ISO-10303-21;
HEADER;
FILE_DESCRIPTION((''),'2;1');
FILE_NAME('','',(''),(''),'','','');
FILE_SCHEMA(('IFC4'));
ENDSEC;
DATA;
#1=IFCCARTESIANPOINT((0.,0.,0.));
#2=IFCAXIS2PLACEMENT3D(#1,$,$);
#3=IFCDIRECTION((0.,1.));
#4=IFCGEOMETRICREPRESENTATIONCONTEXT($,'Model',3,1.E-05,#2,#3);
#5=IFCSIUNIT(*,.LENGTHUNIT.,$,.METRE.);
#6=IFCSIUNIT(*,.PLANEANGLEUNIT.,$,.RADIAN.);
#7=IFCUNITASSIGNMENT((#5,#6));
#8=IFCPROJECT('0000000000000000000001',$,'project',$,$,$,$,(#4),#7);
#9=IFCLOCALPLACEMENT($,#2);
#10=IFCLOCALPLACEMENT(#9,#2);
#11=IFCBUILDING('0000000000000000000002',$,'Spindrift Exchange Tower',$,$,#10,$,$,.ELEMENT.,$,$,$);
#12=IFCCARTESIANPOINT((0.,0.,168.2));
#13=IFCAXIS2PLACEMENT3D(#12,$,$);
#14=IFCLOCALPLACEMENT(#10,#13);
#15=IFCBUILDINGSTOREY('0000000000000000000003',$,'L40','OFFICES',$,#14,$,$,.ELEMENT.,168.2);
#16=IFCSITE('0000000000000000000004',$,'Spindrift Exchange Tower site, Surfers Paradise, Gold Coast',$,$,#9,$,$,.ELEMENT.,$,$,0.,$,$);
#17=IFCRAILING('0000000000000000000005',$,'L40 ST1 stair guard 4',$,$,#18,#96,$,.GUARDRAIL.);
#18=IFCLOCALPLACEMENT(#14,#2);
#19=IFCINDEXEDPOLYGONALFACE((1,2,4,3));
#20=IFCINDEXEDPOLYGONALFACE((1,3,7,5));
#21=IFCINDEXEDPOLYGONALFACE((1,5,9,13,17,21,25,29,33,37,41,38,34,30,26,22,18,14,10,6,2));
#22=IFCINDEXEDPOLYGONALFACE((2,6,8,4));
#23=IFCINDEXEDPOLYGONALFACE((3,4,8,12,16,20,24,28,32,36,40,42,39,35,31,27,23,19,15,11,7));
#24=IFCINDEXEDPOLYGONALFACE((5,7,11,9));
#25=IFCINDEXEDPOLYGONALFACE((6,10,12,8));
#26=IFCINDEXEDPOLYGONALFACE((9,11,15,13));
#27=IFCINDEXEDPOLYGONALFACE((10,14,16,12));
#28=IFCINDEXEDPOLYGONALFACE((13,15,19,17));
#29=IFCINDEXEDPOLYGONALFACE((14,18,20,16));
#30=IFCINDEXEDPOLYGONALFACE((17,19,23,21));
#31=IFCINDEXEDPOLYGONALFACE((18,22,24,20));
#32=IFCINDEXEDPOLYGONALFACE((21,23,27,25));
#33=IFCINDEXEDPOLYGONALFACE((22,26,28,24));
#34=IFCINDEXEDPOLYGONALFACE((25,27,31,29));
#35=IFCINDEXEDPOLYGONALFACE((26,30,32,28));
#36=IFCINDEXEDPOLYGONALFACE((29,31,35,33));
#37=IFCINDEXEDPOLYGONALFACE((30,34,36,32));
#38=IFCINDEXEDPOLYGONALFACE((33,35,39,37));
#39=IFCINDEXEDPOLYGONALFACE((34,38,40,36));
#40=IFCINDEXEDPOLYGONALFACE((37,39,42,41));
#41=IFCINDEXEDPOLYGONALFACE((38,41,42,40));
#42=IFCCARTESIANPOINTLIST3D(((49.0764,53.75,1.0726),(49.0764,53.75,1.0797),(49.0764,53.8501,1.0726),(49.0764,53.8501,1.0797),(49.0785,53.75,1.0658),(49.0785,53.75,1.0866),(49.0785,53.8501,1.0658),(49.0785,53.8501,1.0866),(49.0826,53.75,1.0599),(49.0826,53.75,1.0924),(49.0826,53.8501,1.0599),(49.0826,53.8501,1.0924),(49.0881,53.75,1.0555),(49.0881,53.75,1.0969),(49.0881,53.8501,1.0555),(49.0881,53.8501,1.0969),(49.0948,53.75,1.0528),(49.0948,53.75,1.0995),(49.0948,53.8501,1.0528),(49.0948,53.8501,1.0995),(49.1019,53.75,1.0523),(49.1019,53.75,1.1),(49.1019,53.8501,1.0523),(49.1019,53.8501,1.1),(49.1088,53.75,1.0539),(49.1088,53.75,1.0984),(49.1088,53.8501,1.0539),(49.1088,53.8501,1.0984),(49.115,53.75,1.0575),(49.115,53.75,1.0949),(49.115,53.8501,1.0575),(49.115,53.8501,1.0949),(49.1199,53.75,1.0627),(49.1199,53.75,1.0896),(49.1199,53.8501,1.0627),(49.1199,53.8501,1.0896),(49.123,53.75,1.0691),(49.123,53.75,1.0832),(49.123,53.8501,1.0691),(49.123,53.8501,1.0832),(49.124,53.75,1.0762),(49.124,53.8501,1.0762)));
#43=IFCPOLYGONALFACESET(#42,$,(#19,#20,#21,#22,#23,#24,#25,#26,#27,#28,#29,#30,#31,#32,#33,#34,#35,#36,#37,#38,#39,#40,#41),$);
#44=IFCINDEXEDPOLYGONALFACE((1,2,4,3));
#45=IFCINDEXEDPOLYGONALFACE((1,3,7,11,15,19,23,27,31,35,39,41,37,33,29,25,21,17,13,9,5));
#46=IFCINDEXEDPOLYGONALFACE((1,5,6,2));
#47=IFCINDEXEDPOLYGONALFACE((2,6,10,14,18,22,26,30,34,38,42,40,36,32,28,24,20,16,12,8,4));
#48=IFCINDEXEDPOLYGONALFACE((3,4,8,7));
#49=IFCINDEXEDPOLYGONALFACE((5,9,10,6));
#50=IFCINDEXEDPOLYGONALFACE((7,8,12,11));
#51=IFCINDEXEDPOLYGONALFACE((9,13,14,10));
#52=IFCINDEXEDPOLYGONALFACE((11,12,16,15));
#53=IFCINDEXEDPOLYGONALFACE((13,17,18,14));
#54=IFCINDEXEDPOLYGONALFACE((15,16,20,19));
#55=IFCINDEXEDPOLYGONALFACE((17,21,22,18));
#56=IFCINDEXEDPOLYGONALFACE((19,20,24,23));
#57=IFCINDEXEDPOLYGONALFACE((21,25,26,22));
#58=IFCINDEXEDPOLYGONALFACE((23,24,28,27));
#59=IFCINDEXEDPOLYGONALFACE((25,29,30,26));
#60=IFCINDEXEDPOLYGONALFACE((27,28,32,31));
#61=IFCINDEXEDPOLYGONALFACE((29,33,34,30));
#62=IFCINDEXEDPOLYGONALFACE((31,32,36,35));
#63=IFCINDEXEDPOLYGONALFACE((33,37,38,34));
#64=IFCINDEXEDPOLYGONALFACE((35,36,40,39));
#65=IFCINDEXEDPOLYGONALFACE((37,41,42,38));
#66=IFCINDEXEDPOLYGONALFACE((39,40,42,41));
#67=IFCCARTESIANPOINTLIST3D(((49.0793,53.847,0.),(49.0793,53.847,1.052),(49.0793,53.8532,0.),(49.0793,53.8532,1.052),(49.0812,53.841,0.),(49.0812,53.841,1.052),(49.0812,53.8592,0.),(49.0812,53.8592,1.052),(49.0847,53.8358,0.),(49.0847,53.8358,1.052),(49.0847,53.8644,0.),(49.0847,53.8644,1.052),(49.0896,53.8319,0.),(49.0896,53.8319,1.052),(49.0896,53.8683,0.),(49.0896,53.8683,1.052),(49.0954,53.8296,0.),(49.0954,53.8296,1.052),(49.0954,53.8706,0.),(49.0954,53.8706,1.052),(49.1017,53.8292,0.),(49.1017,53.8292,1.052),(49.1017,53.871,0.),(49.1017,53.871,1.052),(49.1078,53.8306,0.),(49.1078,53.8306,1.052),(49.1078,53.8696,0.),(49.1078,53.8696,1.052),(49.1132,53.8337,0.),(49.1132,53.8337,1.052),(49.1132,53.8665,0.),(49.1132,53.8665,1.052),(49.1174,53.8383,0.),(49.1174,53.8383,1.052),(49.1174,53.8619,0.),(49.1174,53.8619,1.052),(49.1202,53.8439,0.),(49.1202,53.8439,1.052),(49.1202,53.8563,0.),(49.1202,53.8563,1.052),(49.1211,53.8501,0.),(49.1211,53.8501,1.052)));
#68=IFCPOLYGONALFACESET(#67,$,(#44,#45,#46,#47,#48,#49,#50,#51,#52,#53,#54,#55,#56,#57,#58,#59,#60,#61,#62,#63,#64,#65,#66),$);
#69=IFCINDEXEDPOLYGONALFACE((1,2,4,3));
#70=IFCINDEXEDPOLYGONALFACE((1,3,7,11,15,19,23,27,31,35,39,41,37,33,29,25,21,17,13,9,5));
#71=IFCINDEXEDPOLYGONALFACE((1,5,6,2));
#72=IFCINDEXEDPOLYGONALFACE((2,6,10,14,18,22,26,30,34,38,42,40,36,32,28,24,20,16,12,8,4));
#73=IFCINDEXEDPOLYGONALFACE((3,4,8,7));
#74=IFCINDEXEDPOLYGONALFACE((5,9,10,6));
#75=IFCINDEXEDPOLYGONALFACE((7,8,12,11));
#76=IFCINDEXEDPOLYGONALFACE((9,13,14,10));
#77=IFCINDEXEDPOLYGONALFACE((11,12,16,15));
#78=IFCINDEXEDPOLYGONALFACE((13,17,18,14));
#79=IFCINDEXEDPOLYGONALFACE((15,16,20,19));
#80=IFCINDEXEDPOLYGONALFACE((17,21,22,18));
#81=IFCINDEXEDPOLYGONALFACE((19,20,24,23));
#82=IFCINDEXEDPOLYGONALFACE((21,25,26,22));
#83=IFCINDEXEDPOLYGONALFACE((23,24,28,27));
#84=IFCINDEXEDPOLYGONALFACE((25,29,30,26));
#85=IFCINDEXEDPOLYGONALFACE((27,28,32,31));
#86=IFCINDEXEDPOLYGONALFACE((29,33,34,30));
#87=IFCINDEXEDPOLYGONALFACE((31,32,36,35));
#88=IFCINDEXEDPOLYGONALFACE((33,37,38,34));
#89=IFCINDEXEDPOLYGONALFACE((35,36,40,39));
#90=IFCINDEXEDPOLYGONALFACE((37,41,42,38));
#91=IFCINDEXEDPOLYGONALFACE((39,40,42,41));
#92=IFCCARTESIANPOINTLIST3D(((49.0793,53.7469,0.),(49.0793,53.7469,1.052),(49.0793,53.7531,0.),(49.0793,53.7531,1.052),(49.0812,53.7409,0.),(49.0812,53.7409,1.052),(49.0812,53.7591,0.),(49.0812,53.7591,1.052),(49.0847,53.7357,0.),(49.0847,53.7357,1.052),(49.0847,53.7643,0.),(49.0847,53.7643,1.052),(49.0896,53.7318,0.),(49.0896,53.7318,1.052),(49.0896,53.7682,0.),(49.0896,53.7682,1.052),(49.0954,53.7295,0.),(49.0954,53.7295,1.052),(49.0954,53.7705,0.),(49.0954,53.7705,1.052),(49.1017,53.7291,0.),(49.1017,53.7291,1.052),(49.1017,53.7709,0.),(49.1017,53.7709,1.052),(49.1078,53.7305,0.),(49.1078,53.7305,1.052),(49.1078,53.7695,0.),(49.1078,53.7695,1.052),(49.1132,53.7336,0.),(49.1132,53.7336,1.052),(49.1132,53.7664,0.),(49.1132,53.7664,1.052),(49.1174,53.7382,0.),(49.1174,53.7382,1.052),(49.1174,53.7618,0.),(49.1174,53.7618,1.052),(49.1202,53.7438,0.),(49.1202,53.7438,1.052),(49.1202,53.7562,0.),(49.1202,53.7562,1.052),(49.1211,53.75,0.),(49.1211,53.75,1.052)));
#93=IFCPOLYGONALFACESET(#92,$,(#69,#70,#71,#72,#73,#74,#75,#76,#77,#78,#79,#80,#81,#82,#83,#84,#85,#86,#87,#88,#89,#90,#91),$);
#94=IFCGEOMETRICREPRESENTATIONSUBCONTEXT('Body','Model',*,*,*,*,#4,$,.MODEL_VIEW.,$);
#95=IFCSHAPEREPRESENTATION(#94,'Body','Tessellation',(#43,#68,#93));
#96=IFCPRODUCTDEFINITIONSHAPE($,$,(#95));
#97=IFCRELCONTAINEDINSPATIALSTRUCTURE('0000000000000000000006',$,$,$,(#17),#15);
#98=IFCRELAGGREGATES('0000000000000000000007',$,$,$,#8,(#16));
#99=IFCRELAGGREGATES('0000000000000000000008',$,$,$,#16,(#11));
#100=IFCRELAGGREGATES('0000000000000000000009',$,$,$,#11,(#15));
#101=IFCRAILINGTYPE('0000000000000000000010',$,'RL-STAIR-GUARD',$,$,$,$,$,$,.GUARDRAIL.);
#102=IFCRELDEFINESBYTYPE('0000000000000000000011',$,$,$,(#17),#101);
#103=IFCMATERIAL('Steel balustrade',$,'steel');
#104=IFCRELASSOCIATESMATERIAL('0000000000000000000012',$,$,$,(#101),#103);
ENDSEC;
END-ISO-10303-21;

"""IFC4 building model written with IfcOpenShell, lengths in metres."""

from ifc_helpers import new_model, si_unit, direction, frame, origin, origin_2d, place, context, subcontext, project, spatial, circle, extrude, material, type_object, element, save


model = new_model("IFC4")

# Units and contexts
model_context = context("Model", 3, precision=1e-05, world=origin(), true_north=direction((0.0, 1.0)))
body_context = subcontext(model_context, "Body", "Model", "MODEL_VIEW")
ifc_project = project(units=[si_unit("LENGTHUNIT", "METRE"), si_unit("PLANEANGLEUNIT", "RADIAN")], contexts=[model_context])

# Site, building, storey
site_placement = place(None, origin())
site = spatial("IfcSite", under=ifc_project, at=site_placement, Name="Spindrift Exchange Tower site, Surfers Paradise, Gold Coast", CompositionType="ELEMENT", RefElevation=0.0)
building_placement = place(site_placement, origin())
building = spatial("IfcBuilding", under=site, at=building_placement, Name="Spindrift Exchange Tower", CompositionType="ELEMENT")
storey_placement = place(building_placement, frame((0.0, 0.0, 168.2)))
storey = spatial("IfcBuildingStorey", under=building, at=storey_placement, Name="L40", Description="OFFICES", CompositionType="ELEMENT", Elevation=168.2)

# Railing
ifc_material_1 = material(Name="Steel balustrade", Category="steel")
railing_type_1 = type_object("IfcRailingType", Name="RL-STAIR-GUARD", PredefinedType="GUARDRAIL", material=ifc_material_1)
railing_1_placement = place(storey_placement, frame((49.1001, 53.8501, 0.0)))
element("IfcRailing", 1, at=railing_1_placement, inside=storey, type_object=railing_type_1, Name="L40 ST1 stair guard 4", PredefinedType="GUARDRAIL", context=body_context, shape_type="SweptSolid", body=[
    extrude(circle(Radius=0.0239, at=origin_2d()), frame((0.0, 0.0, 1.0762), z_axis=(0.0, -1.0, 0.0), x_axis=(1.0, 0.0, 0.0)), (0.0, 0.0, 1.0), 0.1001),
    extrude(circle(Radius=0.021, at=origin_2d()), origin(), (0.0, 0.0, 1.0), 1.052),
    extrude(circle(Radius=0.021, at=origin_2d()), frame((0.0, -0.1001, 0.0)), (0.0, 0.0, 1.0), 1.052),
])

save(model, "model.ifc")
